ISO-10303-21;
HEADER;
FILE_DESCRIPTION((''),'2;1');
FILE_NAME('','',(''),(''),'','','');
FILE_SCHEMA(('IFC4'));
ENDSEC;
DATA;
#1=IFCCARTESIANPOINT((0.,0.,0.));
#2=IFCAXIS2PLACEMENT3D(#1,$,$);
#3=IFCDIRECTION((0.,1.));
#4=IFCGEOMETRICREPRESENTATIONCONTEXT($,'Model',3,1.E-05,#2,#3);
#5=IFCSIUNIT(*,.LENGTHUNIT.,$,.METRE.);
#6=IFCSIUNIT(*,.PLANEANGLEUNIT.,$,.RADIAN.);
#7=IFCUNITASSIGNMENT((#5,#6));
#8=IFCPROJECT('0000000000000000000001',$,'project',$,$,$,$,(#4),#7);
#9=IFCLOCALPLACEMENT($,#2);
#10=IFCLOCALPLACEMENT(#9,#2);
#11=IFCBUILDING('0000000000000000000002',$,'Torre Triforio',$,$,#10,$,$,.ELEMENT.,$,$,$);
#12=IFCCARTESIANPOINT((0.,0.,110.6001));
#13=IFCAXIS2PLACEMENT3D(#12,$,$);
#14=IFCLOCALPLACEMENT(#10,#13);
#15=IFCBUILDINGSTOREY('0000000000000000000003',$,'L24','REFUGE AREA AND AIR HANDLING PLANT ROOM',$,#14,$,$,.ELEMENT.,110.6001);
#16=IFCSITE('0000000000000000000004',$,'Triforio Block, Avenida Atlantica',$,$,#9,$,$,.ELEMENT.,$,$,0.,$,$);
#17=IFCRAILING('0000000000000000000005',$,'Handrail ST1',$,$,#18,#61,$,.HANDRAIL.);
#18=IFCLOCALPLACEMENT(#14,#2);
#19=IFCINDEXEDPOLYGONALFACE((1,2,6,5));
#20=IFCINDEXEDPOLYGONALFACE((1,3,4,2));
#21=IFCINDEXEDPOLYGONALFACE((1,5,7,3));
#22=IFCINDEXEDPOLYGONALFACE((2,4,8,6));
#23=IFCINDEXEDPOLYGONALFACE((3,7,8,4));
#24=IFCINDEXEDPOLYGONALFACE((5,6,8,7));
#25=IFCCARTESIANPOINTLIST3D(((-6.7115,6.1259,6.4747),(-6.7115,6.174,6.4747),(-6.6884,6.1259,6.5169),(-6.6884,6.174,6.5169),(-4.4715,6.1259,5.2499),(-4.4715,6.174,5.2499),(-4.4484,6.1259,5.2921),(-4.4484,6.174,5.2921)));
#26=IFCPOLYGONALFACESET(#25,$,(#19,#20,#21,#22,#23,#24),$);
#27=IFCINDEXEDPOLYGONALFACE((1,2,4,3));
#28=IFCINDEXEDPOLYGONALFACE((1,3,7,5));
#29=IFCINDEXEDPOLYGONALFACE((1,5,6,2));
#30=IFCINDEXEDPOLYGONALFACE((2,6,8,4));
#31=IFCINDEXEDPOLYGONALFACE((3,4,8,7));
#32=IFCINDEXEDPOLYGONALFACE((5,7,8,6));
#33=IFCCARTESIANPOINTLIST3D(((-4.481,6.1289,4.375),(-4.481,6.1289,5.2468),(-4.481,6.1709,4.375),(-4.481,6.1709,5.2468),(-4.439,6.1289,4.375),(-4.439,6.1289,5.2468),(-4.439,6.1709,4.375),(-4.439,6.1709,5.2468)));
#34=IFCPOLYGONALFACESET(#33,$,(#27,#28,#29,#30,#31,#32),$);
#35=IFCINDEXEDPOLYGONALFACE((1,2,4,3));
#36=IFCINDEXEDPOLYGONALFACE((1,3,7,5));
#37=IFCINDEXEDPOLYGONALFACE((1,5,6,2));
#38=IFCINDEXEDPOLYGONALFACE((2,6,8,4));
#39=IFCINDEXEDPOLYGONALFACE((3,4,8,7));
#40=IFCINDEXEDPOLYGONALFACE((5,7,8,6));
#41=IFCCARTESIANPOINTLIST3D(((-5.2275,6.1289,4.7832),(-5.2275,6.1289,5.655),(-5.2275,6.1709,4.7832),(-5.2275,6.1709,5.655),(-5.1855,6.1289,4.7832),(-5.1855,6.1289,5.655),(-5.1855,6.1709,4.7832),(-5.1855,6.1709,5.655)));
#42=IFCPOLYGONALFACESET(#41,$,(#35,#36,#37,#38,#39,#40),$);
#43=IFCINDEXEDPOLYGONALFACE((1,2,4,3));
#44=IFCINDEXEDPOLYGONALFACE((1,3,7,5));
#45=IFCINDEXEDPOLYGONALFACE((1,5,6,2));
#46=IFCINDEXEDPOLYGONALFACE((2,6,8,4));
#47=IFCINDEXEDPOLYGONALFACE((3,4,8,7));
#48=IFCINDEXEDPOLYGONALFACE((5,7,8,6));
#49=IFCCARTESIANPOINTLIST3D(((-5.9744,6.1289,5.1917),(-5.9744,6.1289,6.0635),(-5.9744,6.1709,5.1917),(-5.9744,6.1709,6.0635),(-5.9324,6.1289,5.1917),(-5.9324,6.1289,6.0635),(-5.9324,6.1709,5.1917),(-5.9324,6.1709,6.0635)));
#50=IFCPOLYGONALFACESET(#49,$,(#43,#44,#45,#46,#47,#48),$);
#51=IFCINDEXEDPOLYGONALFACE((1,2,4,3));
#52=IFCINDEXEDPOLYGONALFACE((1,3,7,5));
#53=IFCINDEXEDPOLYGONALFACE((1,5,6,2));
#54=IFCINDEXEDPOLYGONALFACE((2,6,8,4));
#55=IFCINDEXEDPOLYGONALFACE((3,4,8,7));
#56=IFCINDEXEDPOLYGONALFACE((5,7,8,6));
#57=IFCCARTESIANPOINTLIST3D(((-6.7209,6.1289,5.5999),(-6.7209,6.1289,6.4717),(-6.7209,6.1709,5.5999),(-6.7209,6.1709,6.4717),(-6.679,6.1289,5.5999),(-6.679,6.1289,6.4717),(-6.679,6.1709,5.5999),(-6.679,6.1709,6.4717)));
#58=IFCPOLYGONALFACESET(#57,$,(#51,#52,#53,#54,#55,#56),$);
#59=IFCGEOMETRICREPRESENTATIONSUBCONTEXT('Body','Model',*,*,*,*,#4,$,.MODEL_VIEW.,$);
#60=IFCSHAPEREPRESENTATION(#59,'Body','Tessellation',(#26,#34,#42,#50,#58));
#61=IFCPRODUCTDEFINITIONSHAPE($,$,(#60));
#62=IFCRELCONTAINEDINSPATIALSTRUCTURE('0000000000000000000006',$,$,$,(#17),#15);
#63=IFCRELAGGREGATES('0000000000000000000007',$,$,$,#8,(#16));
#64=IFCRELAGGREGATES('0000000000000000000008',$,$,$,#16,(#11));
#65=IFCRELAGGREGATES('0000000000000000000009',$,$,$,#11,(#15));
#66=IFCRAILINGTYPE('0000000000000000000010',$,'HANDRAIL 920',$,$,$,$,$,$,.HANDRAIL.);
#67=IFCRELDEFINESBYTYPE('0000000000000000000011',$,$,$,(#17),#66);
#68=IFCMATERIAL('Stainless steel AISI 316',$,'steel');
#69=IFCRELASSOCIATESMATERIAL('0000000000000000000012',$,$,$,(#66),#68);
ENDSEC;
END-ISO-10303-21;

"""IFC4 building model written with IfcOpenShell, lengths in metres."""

from ifc_helpers import new_model, si_unit, direction, frame, origin, origin_2d, place, context, subcontext, project, spatial, rectangle, extrude, material, type_object, element, save


model = new_model("IFC4")

# Units and contexts
model_context = context("Model", 3, precision=1e-05, world=origin(), true_north=direction((0.0, 1.0)))
body_context = subcontext(model_context, "Body", "Model", "MODEL_VIEW")
ifc_project = project(units=[si_unit("LENGTHUNIT", "METRE"), si_unit("PLANEANGLEUNIT", "RADIAN")], contexts=[model_context])

# Site, building, storey
site_placement = place(None, origin())
site = spatial("IfcSite", under=ifc_project, at=site_placement, Name="Triforio Block, Avenida Atlantica", CompositionType="ELEMENT", RefElevation=0.0)
building_placement = place(site_placement, origin())
building = spatial("IfcBuilding", under=site, at=building_placement, Name="Torre Triforio", CompositionType="ELEMENT")
storey_placement = place(building_placement, frame((0.0, 0.0, 110.6001)))
storey = spatial("IfcBuildingStorey", under=building, at=storey_placement, Name="L24", Description="REFUGE AREA AND AIR HANDLING PLANT ROOM", CompositionType="ELEMENT", Elevation=110.6001)

# Railing
ifc_material_1 = material(Name="Stainless steel AISI 316", Category="steel")
railing_type = type_object("IfcRailingType", Name="HANDRAIL 920", PredefinedType="HANDRAIL", material=ifc_material_1)
for number, where, name in (
    (1, (-4.46, 6.1499, 4.375), "Handrail ST1"),
):
    element("IfcRailing", number, at=place(storey_placement, frame(where)), inside=storey, type_object=railing_type, Name=name, PredefinedType="HANDRAIL", context=body_context, shape_type="SweptSolid", body=[
        extrude(rectangle(XDim=0.0481, YDim=0.0481, at=origin_2d()), frame((0.0, 0.0, 0.896), z_axis=(-0.877394, 0.0, 0.47977), x_axis=(0.0, -1.0, 0.0)), (0.0, 0.0, 1.0), 2.553),
        extrude(rectangle(XDim=0.042, YDim=0.042, at=origin_2d()), origin(), (0.0, 0.0, 1.0), 0.8718),
        extrude(rectangle(XDim=0.042, YDim=0.042, at=origin_2d()), frame((-0.7466, 0.0, 0.4082)), (0.0, 0.0, 1.0), 0.8718),
        extrude(rectangle(XDim=0.042, YDim=0.042, at=origin_2d()), frame((-1.4934, 0.0, 0.8167)), (0.0, 0.0, 1.0), 0.8718),
        extrude(rectangle(XDim=0.042, YDim=0.042, at=origin_2d()), frame((-2.24, 0.0, 1.2249)), (0.0, 0.0, 1.0), 0.8718),
    ])

save(model, "model.ifc")
